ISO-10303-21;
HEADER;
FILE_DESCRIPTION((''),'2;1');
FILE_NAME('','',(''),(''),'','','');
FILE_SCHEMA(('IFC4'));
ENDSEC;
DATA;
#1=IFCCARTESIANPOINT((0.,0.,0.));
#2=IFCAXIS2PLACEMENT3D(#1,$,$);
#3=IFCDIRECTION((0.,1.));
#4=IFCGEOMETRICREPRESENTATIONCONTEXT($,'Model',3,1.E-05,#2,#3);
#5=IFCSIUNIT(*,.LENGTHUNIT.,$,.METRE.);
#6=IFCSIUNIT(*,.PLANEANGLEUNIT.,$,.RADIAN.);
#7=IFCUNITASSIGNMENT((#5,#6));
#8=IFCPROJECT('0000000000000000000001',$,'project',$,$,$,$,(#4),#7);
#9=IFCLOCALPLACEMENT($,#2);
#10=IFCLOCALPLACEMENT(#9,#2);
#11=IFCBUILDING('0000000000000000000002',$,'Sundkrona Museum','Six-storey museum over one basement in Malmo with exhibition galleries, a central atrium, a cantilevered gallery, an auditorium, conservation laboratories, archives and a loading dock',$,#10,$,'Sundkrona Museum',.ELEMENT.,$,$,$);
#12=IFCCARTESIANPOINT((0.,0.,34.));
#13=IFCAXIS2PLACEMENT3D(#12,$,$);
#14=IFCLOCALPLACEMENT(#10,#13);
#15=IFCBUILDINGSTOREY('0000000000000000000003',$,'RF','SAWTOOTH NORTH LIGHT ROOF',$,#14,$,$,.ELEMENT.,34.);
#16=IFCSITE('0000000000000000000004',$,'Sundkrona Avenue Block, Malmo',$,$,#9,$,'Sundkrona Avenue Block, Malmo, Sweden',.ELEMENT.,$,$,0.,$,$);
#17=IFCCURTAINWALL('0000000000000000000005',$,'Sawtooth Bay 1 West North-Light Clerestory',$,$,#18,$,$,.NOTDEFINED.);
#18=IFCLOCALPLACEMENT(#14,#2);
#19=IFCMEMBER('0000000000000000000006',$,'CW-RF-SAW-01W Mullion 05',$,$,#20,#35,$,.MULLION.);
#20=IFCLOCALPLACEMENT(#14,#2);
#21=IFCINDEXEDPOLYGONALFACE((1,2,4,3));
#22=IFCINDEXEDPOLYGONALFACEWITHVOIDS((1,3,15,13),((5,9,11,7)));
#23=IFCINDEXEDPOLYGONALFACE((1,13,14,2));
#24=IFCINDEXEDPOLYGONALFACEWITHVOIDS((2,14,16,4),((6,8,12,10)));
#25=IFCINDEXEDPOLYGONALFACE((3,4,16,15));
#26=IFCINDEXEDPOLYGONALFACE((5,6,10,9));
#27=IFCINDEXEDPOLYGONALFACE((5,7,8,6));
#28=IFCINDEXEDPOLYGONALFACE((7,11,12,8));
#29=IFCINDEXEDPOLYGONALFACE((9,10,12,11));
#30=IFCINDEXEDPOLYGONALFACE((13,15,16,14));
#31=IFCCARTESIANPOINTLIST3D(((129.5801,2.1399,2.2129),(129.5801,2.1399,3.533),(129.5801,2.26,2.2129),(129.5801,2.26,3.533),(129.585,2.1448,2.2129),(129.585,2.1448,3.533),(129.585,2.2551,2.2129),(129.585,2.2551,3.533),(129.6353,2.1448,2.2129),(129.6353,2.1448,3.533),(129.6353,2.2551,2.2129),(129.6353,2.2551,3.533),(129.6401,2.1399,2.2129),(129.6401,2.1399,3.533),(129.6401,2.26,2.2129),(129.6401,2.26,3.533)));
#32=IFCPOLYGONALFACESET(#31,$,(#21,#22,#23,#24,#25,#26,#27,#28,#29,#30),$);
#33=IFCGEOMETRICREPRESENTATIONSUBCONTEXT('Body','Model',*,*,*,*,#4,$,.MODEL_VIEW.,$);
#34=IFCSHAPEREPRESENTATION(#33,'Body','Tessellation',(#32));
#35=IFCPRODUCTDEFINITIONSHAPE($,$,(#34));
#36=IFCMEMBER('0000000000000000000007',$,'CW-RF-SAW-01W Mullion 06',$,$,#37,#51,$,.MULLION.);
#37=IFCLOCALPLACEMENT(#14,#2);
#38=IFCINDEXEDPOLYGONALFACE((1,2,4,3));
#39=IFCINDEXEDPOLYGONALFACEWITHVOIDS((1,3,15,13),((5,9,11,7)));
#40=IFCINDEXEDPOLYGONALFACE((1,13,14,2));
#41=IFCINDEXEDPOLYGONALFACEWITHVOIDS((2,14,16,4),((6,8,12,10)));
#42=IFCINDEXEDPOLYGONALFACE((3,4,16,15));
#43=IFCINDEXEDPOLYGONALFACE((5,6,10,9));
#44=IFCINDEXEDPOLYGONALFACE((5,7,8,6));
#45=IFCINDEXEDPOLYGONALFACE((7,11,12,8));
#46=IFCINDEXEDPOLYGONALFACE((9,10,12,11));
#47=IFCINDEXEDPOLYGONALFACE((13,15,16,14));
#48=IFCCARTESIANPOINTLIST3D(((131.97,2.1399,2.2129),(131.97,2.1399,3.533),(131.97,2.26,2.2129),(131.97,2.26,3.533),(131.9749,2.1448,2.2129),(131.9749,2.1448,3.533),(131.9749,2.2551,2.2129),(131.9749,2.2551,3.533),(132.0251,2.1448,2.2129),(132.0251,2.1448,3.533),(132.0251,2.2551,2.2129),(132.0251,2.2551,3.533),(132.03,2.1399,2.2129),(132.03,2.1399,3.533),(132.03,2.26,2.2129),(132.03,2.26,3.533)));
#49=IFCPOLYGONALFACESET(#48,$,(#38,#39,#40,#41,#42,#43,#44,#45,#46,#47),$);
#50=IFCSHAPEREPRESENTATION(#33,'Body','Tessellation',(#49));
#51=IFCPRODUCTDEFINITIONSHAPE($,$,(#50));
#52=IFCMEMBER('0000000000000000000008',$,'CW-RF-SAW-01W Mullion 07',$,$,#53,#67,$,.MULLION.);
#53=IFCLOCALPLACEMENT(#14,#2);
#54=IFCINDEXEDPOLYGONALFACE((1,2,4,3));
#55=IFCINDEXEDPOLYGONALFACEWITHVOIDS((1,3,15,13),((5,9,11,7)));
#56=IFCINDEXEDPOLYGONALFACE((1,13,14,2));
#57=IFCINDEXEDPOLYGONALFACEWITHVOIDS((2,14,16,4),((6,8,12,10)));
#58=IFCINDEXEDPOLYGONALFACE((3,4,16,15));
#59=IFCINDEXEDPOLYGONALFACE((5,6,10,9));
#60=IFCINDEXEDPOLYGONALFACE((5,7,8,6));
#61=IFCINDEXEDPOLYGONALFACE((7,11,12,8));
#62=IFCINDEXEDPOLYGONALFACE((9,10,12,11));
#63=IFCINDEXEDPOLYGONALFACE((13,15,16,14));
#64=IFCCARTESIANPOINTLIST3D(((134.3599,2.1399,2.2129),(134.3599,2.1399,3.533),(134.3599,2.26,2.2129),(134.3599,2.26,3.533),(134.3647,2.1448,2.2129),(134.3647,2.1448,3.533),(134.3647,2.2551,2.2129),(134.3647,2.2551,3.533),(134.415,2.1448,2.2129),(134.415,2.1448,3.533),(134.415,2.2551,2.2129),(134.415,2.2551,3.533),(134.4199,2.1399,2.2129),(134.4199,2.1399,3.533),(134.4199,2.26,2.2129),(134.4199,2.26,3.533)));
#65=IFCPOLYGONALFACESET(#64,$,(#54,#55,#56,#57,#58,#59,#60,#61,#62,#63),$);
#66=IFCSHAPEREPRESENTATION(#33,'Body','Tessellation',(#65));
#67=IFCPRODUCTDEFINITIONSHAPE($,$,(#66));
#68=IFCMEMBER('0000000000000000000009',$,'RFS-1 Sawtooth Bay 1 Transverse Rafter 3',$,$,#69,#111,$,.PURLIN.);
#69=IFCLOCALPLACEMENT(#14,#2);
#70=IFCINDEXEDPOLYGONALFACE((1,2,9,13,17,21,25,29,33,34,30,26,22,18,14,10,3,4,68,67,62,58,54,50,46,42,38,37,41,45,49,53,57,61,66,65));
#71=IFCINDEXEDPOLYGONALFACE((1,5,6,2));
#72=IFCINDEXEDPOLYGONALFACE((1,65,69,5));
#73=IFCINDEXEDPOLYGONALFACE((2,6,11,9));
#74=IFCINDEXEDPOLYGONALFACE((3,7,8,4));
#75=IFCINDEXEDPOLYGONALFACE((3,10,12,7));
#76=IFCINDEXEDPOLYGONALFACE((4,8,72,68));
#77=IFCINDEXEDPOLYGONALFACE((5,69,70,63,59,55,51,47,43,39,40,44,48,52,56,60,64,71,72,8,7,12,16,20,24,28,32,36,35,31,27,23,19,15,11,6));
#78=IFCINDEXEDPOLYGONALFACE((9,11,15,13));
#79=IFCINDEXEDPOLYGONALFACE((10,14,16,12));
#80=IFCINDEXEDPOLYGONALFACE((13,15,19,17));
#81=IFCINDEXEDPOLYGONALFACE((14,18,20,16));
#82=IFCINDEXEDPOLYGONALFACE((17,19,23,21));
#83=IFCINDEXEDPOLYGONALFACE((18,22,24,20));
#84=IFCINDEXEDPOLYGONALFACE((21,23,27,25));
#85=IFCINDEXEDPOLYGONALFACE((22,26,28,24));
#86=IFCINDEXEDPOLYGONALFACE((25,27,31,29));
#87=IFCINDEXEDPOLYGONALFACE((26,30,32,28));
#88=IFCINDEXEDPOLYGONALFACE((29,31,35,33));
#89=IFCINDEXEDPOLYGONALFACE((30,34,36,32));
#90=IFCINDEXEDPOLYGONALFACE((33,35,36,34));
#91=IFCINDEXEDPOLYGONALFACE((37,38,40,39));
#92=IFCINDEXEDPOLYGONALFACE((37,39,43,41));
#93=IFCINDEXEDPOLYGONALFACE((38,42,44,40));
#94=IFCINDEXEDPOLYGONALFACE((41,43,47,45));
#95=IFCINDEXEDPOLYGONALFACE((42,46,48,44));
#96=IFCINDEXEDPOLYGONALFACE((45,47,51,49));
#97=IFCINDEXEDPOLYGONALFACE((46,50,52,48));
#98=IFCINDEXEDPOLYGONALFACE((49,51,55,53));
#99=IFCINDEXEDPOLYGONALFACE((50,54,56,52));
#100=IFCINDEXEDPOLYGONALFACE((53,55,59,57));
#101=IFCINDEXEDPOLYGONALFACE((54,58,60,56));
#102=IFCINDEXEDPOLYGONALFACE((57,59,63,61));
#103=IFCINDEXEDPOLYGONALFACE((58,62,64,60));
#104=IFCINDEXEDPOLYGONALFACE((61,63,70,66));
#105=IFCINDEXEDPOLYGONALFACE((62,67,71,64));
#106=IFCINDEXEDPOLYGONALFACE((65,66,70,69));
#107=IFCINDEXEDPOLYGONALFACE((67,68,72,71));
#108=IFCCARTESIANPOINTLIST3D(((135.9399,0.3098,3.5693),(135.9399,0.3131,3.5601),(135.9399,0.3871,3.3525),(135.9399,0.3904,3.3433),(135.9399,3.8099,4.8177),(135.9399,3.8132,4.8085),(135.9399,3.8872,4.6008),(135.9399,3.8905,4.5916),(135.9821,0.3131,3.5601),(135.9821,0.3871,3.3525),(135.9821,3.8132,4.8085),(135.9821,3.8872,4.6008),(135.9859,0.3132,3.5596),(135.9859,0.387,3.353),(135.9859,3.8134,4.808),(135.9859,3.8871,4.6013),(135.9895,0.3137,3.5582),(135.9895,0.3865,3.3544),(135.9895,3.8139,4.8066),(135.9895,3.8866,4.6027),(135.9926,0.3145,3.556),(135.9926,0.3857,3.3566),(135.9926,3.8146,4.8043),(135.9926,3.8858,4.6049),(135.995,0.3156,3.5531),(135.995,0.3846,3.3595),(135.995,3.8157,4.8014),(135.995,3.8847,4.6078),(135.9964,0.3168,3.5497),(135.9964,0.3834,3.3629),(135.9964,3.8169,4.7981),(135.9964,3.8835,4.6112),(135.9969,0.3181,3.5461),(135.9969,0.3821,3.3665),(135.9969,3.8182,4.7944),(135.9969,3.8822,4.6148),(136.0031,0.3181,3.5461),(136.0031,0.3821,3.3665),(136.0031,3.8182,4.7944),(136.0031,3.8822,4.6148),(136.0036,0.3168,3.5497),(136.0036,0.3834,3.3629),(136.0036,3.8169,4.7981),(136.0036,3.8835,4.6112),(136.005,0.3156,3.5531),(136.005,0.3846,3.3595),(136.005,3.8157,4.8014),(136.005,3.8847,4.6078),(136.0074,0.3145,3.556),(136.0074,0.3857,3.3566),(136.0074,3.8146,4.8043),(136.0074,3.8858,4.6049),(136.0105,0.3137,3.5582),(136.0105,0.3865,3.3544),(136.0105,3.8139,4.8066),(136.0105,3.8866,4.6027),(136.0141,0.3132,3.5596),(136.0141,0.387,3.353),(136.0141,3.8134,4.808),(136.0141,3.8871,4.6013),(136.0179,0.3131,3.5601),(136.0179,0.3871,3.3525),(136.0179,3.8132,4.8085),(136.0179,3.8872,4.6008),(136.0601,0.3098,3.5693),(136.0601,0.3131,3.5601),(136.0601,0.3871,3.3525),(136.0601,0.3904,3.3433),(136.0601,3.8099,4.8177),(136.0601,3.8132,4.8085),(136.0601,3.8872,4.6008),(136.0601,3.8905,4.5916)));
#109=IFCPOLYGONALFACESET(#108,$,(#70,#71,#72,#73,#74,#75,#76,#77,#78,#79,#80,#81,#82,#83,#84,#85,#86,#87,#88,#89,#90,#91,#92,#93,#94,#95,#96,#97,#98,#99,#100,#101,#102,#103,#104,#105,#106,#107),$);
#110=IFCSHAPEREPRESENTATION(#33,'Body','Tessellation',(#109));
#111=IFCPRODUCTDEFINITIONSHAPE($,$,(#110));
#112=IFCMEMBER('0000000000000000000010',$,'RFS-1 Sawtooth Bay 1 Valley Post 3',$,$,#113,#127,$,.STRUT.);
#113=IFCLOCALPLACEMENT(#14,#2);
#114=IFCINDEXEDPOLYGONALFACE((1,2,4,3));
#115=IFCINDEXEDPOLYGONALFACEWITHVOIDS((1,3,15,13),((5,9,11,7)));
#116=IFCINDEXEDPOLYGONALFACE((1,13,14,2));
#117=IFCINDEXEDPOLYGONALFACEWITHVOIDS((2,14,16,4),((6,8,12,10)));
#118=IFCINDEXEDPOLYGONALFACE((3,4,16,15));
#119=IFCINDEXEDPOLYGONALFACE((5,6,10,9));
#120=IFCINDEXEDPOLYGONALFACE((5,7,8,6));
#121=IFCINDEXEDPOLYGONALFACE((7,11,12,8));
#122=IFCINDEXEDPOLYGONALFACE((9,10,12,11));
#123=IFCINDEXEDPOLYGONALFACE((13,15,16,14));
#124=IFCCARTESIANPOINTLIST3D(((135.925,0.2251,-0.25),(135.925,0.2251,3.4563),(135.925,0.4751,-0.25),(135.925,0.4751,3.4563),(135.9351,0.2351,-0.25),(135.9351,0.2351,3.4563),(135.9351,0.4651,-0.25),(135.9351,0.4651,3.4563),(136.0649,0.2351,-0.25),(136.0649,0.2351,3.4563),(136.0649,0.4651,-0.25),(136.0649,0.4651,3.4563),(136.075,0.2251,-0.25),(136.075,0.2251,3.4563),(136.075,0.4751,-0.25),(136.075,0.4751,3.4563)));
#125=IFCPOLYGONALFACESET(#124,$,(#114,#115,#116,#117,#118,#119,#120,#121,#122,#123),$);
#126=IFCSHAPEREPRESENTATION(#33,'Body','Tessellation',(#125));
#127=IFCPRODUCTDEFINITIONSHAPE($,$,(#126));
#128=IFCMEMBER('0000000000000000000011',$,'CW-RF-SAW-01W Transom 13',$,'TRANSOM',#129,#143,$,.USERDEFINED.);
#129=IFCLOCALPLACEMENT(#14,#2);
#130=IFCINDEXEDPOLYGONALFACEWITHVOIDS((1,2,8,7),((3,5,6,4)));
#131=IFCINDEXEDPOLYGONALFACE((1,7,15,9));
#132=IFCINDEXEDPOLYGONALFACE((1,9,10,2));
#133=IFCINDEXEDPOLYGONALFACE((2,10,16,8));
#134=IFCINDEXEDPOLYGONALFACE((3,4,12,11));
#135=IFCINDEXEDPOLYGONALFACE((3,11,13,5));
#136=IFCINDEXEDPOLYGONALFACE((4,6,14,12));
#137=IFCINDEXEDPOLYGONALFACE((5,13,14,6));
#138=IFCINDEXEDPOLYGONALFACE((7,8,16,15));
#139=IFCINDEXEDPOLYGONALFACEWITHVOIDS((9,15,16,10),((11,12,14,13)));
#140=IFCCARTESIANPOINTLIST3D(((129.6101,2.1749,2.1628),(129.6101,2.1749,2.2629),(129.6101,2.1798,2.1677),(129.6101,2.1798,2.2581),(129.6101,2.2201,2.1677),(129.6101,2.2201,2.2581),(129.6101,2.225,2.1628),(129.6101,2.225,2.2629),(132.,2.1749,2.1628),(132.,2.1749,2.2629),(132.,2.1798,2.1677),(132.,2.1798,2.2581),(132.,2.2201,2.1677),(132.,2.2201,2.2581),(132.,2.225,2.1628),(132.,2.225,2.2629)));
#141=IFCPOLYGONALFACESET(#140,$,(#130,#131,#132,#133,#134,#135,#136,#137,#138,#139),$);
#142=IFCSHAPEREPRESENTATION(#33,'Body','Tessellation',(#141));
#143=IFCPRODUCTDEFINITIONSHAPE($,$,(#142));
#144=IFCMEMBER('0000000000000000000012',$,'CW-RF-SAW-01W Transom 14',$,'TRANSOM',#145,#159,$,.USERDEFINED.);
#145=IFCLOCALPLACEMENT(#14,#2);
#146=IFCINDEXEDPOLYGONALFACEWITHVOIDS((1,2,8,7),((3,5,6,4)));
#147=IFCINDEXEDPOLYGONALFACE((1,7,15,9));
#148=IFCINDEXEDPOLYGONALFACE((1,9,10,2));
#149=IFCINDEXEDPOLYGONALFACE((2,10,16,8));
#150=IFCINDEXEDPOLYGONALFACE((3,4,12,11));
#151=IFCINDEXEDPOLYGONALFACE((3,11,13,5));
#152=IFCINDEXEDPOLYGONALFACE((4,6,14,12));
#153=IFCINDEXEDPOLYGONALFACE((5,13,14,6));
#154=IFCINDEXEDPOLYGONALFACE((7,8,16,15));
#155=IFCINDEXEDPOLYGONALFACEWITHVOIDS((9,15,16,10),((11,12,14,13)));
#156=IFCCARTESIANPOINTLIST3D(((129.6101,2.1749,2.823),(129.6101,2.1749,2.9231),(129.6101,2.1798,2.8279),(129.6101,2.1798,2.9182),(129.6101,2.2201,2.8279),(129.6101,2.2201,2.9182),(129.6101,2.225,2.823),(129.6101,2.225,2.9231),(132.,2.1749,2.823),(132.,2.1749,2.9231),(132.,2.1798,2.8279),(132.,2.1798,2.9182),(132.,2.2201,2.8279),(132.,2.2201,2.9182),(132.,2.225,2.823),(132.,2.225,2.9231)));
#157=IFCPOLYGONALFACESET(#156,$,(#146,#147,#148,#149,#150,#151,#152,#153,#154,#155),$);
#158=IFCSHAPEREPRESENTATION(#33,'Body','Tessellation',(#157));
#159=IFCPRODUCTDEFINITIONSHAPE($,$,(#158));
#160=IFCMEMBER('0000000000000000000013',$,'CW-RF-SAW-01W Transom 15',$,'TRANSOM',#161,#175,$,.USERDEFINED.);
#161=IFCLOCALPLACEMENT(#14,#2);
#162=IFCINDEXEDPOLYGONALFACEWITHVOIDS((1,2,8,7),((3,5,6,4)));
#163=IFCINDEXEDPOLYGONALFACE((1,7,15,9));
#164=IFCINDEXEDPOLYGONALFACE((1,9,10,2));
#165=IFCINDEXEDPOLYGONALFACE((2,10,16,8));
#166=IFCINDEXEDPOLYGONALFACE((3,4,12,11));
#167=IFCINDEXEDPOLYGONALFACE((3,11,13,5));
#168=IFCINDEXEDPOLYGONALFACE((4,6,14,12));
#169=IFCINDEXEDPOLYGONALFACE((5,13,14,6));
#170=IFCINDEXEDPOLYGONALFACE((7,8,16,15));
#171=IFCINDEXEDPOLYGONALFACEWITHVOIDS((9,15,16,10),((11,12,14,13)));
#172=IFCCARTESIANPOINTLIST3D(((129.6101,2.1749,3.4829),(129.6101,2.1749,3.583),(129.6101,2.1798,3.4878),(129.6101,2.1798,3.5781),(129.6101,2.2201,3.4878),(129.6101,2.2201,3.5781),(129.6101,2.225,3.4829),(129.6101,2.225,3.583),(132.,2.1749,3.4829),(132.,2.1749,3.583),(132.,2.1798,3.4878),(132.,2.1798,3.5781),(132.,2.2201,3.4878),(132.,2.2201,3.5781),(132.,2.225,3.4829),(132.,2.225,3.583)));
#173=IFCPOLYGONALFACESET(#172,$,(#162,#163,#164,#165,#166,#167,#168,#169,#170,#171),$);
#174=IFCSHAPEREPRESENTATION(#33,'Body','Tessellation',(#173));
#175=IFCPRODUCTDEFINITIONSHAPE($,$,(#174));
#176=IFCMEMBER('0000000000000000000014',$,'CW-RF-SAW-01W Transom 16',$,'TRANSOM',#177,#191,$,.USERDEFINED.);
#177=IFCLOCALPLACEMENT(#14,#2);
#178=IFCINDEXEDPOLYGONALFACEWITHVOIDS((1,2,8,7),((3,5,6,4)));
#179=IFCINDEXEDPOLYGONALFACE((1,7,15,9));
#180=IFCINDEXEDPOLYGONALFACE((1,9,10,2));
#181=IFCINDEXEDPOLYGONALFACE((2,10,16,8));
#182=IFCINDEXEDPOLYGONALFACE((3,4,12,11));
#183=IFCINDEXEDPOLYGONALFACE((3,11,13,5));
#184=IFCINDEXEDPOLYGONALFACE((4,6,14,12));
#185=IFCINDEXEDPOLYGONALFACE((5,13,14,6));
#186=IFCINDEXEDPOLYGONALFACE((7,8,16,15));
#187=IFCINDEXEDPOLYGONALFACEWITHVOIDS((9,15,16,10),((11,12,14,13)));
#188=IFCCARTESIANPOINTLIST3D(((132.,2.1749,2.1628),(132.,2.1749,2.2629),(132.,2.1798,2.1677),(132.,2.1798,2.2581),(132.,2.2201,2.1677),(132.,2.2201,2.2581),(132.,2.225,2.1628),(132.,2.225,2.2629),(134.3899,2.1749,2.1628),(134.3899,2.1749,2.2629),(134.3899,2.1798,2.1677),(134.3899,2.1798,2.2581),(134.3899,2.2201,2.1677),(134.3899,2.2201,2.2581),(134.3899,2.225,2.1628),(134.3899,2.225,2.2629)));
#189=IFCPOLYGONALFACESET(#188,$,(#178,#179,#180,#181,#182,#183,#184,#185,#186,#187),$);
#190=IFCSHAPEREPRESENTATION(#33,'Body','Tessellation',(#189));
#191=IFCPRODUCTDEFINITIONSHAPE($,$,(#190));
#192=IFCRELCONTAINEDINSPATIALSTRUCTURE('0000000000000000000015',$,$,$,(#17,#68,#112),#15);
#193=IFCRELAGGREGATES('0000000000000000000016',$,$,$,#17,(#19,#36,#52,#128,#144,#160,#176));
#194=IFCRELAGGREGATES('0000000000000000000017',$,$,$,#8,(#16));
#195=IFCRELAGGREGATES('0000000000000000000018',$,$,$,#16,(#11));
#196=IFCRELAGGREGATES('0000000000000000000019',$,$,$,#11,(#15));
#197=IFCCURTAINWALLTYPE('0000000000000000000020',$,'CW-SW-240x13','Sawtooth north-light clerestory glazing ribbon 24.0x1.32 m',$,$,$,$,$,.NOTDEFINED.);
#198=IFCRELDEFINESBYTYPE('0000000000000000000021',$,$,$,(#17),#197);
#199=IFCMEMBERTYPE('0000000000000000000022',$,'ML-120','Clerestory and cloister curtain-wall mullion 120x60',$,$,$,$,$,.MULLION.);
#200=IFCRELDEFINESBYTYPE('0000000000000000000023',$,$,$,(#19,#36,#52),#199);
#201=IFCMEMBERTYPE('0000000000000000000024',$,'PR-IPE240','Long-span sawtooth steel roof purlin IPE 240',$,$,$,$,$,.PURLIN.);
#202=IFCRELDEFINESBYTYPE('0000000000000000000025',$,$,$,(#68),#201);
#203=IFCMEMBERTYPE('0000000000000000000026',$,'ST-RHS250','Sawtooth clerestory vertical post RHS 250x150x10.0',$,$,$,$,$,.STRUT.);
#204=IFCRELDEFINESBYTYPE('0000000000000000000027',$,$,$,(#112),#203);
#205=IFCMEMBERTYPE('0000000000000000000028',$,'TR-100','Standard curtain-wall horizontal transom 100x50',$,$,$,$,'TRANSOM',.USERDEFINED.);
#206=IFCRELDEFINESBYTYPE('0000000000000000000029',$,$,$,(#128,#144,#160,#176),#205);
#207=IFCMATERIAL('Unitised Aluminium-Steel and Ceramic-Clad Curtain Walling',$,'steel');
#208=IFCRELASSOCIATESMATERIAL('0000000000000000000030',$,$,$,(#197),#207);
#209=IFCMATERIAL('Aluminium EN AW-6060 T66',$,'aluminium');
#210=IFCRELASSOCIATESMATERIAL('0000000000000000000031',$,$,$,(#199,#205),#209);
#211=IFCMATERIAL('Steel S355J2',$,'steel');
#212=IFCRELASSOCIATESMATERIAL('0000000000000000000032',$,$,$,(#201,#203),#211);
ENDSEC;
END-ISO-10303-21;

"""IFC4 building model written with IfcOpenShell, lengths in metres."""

from ifc_helpers import new_model, si_unit, direction, frame, origin, origin_2d, place, context, subcontext, project, spatial, hollow_rectangle, i_section, extrude, material, material_profile, profile_set, type_object, element, aggregate, save


model = new_model("IFC4")

# Units and contexts
model_context = context("Model", 3, precision=1e-05, world=origin(), true_north=direction((0.0, 1.0)))
body_context = subcontext(model_context, "Body", "Model", "MODEL_VIEW")
ifc_project = project(units=[si_unit("LENGTHUNIT", "METRE"), si_unit("PLANEANGLEUNIT", "RADIAN")], contexts=[model_context])

# Site, building, storey
site_placement = place(None, origin())
site = spatial("IfcSite", under=ifc_project, at=site_placement, Name="Sundkrona Avenue Block, Malmo", LongName="Sundkrona Avenue Block, Malmo, Sweden", CompositionType="ELEMENT", RefElevation=0.0)
building_placement = place(site_placement, origin())
building = spatial("IfcBuilding", under=site, at=building_placement, Name="Sundkrona Museum", Description="Six-storey museum over one basement in Malmo with exhibition galleries, a central atrium, a cantilevered gallery, an auditorium, conservation laboratories, archives and a loading dock", LongName="Sundkrona Museum", CompositionType="ELEMENT")
storey_placement = place(building_placement, frame((0.0, 0.0, 34.0)))
storey = spatial("IfcBuildingStorey", under=building, at=storey_placement, Name="RF", Description="SAWTOOTH NORTH LIGHT ROOF", CompositionType="ELEMENT", Elevation=34.0)

# Curtain wall, members
ifc_material_1 = material(Name="Unitised Aluminium-Steel and Ceramic-Clad Curtain Walling", Category="steel")
curtain_wall_type = type_object("IfcCurtainWallType", Name="CW-SW-240x13", Description="Sawtooth north-light clerestory glazing ribbon 24.0x1.32 m", PredefinedType="NOTDEFINED", material=ifc_material_1)
curtain_wall_placement = place(storey_placement, origin())
curtain_wall = element("IfcCurtainWall", 1, at=curtain_wall_placement, inside=storey, type_object=curtain_wall_type, Name="Sawtooth Bay 1 West North-Light Clerestory", PredefinedType="NOTDEFINED")
ifc_material_2 = material(Name="Aluminium EN AW-6060 T66", Category="aluminium")
ifc_material_profile_1 = material_profile(ifc_material_2, hollow_rectangle(XDim=0.0601, YDim=0.1201, WallThickness=0.0049, at=origin_2d()), Name="RHS 120x60x5.0")
ifc_profile_set_1 = profile_set([ifc_material_profile_1], Name="Aluminium EN AW-6060 T66")
member_type_1 = type_object("IfcMemberType", Name="ML-120", Description="Clerestory and cloister curtain-wall mullion 120x60", PredefinedType="MULLION", material=ifc_profile_set_1)
member_1_placement = place(storey_placement, frame((129.6101, 2.2, 2.2129), z_axis=(0.0, 0.0, 1.0), x_axis=(1.0, 0.0, 0.0)))
member_1 = element("IfcMember", 2, at=member_1_placement, type_object=member_type_1, Name="CW-RF-SAW-01W Mullion 05", PredefinedType="MULLION", context=body_context, shape_type="SweptSolid", body=[
    extrude(hollow_rectangle(XDim=0.0601, YDim=0.1201, WallThickness=0.0049, at=origin_2d()), origin(), (0.0, 0.0, 1.0), 1.3201),
])
member_2_placement = place(storey_placement, frame((132.0, 2.2, 2.2129), z_axis=(0.0, 0.0, 1.0), x_axis=(1.0, 0.0, 0.0)))
member_2 = element("IfcMember", 3, at=member_2_placement, type_object=member_type_1, Name="CW-RF-SAW-01W Mullion 06", PredefinedType="MULLION", context=body_context, shape_type="SweptSolid", body=[
    extrude(hollow_rectangle(XDim=0.0601, YDim=0.1201, WallThickness=0.0049, at=origin_2d()), origin(), (0.0, 0.0, 1.0), 1.3201),
])
member_3_placement = place(storey_placement, frame((134.3899, 2.2, 2.2129), z_axis=(0.0, 0.0, 1.0), x_axis=(1.0, 0.0, 0.0)))
member_3 = element("IfcMember", 4, at=member_3_placement, type_object=member_type_1, Name="CW-RF-SAW-01W Mullion 07", PredefinedType="MULLION", context=body_context, shape_type="SweptSolid", body=[
    extrude(hollow_rectangle(XDim=0.0601, YDim=0.1201, WallThickness=0.0049, at=origin_2d()), origin(), (0.0, 0.0, 1.0), 1.3201),
])

# Members
ifc_material_3 = material(Name="Steel S355J2", Category="steel")
ifc_material_profile_2 = material_profile(ifc_material_3, i_section(OverallWidth=0.1201, OverallDepth=0.24, WebThickness=0.0061, FlangeThickness=0.0098, FilletRadius=0.0149, at=origin_2d()), Name="IPE 240")
ifc_profile_set_2 = profile_set([ifc_material_profile_2], Name="Steel S355J2")
member_type_2 = type_object("IfcMemberType", Name="PR-IPE240", Description="Long-span sawtooth steel roof purlin IPE 240", PredefinedType="PURLIN", material=ifc_profile_set_2)
member_4_placement = place(storey_placement, frame((136.0, 0.3501, 3.4563), z_axis=(0.0, 0.941887, 0.335928), x_axis=(-1.0, 0.0, 0.0)))
element("IfcMember", 5, at=member_4_placement, inside=storey, type_object=member_type_2, Name="RFS-1 Sawtooth Bay 1 Transverse Rafter 3", PredefinedType="PURLIN", context=body_context, shape_type="SweptSolid", body=[
    extrude(i_section(OverallWidth=0.1201, OverallDepth=0.24, WebThickness=0.0061, FlangeThickness=0.0098, FilletRadius=0.0149, at=origin_2d()), origin(), (0.0, 0.0, 1.0), 3.7161),
])
ifc_material_profile_3 = material_profile(ifc_material_3, hollow_rectangle(XDim=0.1499, YDim=0.25, WallThickness=0.01, at=origin_2d()), Name="RHS 250x150x10.0")
ifc_profile_set_3 = profile_set([ifc_material_profile_3], Name="Steel S355J2")
member_type_3 = type_object("IfcMemberType", Name="ST-RHS250", Description="Sawtooth clerestory vertical post RHS 250x150x10.0", PredefinedType="STRUT", material=ifc_profile_set_3)
member_5_placement = place(storey_placement, frame((136.0, 0.3501, -0.25), z_axis=(0.0, 0.0, 1.0), x_axis=(1.0, 0.0, 0.0)))
element("IfcMember", 6, at=member_5_placement, inside=storey, type_object=member_type_3, Name="RFS-1 Sawtooth Bay 1 Valley Post 3", PredefinedType="STRUT", context=body_context, shape_type="SweptSolid", body=[
    extrude(hollow_rectangle(XDim=0.1499, YDim=0.25, WallThickness=0.01, at=origin_2d()), origin(), (0.0, 0.0, 1.0), 3.7063),
])

# Members
ifc_material_profile_4 = material_profile(ifc_material_2, hollow_rectangle(XDim=0.05, YDim=0.1001, WallThickness=0.0049, at=origin_2d()), Name="RHS 100x50x5.0")
ifc_profile_set_4 = profile_set([ifc_material_profile_4], Name="Aluminium EN AW-6060 T66")
member_type_4 = type_object("IfcMemberType", Name="TR-100", Description="Standard curtain-wall horizontal transom 100x50", ElementType="TRANSOM", PredefinedType="USERDEFINED", material=ifc_profile_set_4)
member_6_placement = place(storey_placement, frame((129.6101, 2.2, 2.2129), z_axis=(1.0, 0.0, 0.0), x_axis=(0.0, 1.0, 0.0)))
member_6 = element("IfcMember", 7, at=member_6_placement, type_object=member_type_4, Name="CW-RF-SAW-01W Transom 13", ObjectType="TRANSOM", PredefinedType="USERDEFINED", context=body_context, shape_type="SweptSolid", body=[
    extrude(hollow_rectangle(XDim=0.05, YDim=0.1001, WallThickness=0.0049, at=origin_2d()), origin(), (0.0, 0.0, 1.0), 2.3899),
])
member_7_placement = place(storey_placement, frame((129.6101, 2.2, 2.873), z_axis=(1.0, 0.0, 0.0), x_axis=(0.0, 1.0, 0.0)))
member_7 = element("IfcMember", 8, at=member_7_placement, type_object=member_type_4, Name="CW-RF-SAW-01W Transom 14", ObjectType="TRANSOM", PredefinedType="USERDEFINED", context=body_context, shape_type="SweptSolid", body=[
    extrude(hollow_rectangle(XDim=0.05, YDim=0.1001, WallThickness=0.0049, at=origin_2d()), origin(), (0.0, 0.0, 1.0), 2.3899),
])
member_8_placement = place(storey_placement, frame((129.6101, 2.2, 3.533), z_axis=(1.0, 0.0, 0.0), x_axis=(0.0, 1.0, 0.0)))
member_8 = element("IfcMember", 9, at=member_8_placement, type_object=member_type_4, Name="CW-RF-SAW-01W Transom 15", ObjectType="TRANSOM", PredefinedType="USERDEFINED", context=body_context, shape_type="SweptSolid", body=[
    extrude(hollow_rectangle(XDim=0.05, YDim=0.1001, WallThickness=0.0049, at=origin_2d()), origin(), (0.0, 0.0, 1.0), 2.3899),
])
member_9_placement = place(storey_placement, frame((132.0, 2.2, 2.2129), z_axis=(1.0, 0.0, 0.0), x_axis=(0.0, 1.0, 0.0)))
member_9 = element("IfcMember", 10, at=member_9_placement, type_object=member_type_4, Name="CW-RF-SAW-01W Transom 16", ObjectType="TRANSOM", PredefinedType="USERDEFINED", context=body_context, shape_type="SweptSolid", body=[
    extrude(hollow_rectangle(XDim=0.05, YDim=0.1001, WallThickness=0.0049, at=origin_2d()), origin(), (0.0, 0.0, 1.0), 2.3899),
])

aggregate(curtain_wall, [member_1, member_2, member_3, member_6, member_7, member_8, member_9])

save(model, "model.ifc")
